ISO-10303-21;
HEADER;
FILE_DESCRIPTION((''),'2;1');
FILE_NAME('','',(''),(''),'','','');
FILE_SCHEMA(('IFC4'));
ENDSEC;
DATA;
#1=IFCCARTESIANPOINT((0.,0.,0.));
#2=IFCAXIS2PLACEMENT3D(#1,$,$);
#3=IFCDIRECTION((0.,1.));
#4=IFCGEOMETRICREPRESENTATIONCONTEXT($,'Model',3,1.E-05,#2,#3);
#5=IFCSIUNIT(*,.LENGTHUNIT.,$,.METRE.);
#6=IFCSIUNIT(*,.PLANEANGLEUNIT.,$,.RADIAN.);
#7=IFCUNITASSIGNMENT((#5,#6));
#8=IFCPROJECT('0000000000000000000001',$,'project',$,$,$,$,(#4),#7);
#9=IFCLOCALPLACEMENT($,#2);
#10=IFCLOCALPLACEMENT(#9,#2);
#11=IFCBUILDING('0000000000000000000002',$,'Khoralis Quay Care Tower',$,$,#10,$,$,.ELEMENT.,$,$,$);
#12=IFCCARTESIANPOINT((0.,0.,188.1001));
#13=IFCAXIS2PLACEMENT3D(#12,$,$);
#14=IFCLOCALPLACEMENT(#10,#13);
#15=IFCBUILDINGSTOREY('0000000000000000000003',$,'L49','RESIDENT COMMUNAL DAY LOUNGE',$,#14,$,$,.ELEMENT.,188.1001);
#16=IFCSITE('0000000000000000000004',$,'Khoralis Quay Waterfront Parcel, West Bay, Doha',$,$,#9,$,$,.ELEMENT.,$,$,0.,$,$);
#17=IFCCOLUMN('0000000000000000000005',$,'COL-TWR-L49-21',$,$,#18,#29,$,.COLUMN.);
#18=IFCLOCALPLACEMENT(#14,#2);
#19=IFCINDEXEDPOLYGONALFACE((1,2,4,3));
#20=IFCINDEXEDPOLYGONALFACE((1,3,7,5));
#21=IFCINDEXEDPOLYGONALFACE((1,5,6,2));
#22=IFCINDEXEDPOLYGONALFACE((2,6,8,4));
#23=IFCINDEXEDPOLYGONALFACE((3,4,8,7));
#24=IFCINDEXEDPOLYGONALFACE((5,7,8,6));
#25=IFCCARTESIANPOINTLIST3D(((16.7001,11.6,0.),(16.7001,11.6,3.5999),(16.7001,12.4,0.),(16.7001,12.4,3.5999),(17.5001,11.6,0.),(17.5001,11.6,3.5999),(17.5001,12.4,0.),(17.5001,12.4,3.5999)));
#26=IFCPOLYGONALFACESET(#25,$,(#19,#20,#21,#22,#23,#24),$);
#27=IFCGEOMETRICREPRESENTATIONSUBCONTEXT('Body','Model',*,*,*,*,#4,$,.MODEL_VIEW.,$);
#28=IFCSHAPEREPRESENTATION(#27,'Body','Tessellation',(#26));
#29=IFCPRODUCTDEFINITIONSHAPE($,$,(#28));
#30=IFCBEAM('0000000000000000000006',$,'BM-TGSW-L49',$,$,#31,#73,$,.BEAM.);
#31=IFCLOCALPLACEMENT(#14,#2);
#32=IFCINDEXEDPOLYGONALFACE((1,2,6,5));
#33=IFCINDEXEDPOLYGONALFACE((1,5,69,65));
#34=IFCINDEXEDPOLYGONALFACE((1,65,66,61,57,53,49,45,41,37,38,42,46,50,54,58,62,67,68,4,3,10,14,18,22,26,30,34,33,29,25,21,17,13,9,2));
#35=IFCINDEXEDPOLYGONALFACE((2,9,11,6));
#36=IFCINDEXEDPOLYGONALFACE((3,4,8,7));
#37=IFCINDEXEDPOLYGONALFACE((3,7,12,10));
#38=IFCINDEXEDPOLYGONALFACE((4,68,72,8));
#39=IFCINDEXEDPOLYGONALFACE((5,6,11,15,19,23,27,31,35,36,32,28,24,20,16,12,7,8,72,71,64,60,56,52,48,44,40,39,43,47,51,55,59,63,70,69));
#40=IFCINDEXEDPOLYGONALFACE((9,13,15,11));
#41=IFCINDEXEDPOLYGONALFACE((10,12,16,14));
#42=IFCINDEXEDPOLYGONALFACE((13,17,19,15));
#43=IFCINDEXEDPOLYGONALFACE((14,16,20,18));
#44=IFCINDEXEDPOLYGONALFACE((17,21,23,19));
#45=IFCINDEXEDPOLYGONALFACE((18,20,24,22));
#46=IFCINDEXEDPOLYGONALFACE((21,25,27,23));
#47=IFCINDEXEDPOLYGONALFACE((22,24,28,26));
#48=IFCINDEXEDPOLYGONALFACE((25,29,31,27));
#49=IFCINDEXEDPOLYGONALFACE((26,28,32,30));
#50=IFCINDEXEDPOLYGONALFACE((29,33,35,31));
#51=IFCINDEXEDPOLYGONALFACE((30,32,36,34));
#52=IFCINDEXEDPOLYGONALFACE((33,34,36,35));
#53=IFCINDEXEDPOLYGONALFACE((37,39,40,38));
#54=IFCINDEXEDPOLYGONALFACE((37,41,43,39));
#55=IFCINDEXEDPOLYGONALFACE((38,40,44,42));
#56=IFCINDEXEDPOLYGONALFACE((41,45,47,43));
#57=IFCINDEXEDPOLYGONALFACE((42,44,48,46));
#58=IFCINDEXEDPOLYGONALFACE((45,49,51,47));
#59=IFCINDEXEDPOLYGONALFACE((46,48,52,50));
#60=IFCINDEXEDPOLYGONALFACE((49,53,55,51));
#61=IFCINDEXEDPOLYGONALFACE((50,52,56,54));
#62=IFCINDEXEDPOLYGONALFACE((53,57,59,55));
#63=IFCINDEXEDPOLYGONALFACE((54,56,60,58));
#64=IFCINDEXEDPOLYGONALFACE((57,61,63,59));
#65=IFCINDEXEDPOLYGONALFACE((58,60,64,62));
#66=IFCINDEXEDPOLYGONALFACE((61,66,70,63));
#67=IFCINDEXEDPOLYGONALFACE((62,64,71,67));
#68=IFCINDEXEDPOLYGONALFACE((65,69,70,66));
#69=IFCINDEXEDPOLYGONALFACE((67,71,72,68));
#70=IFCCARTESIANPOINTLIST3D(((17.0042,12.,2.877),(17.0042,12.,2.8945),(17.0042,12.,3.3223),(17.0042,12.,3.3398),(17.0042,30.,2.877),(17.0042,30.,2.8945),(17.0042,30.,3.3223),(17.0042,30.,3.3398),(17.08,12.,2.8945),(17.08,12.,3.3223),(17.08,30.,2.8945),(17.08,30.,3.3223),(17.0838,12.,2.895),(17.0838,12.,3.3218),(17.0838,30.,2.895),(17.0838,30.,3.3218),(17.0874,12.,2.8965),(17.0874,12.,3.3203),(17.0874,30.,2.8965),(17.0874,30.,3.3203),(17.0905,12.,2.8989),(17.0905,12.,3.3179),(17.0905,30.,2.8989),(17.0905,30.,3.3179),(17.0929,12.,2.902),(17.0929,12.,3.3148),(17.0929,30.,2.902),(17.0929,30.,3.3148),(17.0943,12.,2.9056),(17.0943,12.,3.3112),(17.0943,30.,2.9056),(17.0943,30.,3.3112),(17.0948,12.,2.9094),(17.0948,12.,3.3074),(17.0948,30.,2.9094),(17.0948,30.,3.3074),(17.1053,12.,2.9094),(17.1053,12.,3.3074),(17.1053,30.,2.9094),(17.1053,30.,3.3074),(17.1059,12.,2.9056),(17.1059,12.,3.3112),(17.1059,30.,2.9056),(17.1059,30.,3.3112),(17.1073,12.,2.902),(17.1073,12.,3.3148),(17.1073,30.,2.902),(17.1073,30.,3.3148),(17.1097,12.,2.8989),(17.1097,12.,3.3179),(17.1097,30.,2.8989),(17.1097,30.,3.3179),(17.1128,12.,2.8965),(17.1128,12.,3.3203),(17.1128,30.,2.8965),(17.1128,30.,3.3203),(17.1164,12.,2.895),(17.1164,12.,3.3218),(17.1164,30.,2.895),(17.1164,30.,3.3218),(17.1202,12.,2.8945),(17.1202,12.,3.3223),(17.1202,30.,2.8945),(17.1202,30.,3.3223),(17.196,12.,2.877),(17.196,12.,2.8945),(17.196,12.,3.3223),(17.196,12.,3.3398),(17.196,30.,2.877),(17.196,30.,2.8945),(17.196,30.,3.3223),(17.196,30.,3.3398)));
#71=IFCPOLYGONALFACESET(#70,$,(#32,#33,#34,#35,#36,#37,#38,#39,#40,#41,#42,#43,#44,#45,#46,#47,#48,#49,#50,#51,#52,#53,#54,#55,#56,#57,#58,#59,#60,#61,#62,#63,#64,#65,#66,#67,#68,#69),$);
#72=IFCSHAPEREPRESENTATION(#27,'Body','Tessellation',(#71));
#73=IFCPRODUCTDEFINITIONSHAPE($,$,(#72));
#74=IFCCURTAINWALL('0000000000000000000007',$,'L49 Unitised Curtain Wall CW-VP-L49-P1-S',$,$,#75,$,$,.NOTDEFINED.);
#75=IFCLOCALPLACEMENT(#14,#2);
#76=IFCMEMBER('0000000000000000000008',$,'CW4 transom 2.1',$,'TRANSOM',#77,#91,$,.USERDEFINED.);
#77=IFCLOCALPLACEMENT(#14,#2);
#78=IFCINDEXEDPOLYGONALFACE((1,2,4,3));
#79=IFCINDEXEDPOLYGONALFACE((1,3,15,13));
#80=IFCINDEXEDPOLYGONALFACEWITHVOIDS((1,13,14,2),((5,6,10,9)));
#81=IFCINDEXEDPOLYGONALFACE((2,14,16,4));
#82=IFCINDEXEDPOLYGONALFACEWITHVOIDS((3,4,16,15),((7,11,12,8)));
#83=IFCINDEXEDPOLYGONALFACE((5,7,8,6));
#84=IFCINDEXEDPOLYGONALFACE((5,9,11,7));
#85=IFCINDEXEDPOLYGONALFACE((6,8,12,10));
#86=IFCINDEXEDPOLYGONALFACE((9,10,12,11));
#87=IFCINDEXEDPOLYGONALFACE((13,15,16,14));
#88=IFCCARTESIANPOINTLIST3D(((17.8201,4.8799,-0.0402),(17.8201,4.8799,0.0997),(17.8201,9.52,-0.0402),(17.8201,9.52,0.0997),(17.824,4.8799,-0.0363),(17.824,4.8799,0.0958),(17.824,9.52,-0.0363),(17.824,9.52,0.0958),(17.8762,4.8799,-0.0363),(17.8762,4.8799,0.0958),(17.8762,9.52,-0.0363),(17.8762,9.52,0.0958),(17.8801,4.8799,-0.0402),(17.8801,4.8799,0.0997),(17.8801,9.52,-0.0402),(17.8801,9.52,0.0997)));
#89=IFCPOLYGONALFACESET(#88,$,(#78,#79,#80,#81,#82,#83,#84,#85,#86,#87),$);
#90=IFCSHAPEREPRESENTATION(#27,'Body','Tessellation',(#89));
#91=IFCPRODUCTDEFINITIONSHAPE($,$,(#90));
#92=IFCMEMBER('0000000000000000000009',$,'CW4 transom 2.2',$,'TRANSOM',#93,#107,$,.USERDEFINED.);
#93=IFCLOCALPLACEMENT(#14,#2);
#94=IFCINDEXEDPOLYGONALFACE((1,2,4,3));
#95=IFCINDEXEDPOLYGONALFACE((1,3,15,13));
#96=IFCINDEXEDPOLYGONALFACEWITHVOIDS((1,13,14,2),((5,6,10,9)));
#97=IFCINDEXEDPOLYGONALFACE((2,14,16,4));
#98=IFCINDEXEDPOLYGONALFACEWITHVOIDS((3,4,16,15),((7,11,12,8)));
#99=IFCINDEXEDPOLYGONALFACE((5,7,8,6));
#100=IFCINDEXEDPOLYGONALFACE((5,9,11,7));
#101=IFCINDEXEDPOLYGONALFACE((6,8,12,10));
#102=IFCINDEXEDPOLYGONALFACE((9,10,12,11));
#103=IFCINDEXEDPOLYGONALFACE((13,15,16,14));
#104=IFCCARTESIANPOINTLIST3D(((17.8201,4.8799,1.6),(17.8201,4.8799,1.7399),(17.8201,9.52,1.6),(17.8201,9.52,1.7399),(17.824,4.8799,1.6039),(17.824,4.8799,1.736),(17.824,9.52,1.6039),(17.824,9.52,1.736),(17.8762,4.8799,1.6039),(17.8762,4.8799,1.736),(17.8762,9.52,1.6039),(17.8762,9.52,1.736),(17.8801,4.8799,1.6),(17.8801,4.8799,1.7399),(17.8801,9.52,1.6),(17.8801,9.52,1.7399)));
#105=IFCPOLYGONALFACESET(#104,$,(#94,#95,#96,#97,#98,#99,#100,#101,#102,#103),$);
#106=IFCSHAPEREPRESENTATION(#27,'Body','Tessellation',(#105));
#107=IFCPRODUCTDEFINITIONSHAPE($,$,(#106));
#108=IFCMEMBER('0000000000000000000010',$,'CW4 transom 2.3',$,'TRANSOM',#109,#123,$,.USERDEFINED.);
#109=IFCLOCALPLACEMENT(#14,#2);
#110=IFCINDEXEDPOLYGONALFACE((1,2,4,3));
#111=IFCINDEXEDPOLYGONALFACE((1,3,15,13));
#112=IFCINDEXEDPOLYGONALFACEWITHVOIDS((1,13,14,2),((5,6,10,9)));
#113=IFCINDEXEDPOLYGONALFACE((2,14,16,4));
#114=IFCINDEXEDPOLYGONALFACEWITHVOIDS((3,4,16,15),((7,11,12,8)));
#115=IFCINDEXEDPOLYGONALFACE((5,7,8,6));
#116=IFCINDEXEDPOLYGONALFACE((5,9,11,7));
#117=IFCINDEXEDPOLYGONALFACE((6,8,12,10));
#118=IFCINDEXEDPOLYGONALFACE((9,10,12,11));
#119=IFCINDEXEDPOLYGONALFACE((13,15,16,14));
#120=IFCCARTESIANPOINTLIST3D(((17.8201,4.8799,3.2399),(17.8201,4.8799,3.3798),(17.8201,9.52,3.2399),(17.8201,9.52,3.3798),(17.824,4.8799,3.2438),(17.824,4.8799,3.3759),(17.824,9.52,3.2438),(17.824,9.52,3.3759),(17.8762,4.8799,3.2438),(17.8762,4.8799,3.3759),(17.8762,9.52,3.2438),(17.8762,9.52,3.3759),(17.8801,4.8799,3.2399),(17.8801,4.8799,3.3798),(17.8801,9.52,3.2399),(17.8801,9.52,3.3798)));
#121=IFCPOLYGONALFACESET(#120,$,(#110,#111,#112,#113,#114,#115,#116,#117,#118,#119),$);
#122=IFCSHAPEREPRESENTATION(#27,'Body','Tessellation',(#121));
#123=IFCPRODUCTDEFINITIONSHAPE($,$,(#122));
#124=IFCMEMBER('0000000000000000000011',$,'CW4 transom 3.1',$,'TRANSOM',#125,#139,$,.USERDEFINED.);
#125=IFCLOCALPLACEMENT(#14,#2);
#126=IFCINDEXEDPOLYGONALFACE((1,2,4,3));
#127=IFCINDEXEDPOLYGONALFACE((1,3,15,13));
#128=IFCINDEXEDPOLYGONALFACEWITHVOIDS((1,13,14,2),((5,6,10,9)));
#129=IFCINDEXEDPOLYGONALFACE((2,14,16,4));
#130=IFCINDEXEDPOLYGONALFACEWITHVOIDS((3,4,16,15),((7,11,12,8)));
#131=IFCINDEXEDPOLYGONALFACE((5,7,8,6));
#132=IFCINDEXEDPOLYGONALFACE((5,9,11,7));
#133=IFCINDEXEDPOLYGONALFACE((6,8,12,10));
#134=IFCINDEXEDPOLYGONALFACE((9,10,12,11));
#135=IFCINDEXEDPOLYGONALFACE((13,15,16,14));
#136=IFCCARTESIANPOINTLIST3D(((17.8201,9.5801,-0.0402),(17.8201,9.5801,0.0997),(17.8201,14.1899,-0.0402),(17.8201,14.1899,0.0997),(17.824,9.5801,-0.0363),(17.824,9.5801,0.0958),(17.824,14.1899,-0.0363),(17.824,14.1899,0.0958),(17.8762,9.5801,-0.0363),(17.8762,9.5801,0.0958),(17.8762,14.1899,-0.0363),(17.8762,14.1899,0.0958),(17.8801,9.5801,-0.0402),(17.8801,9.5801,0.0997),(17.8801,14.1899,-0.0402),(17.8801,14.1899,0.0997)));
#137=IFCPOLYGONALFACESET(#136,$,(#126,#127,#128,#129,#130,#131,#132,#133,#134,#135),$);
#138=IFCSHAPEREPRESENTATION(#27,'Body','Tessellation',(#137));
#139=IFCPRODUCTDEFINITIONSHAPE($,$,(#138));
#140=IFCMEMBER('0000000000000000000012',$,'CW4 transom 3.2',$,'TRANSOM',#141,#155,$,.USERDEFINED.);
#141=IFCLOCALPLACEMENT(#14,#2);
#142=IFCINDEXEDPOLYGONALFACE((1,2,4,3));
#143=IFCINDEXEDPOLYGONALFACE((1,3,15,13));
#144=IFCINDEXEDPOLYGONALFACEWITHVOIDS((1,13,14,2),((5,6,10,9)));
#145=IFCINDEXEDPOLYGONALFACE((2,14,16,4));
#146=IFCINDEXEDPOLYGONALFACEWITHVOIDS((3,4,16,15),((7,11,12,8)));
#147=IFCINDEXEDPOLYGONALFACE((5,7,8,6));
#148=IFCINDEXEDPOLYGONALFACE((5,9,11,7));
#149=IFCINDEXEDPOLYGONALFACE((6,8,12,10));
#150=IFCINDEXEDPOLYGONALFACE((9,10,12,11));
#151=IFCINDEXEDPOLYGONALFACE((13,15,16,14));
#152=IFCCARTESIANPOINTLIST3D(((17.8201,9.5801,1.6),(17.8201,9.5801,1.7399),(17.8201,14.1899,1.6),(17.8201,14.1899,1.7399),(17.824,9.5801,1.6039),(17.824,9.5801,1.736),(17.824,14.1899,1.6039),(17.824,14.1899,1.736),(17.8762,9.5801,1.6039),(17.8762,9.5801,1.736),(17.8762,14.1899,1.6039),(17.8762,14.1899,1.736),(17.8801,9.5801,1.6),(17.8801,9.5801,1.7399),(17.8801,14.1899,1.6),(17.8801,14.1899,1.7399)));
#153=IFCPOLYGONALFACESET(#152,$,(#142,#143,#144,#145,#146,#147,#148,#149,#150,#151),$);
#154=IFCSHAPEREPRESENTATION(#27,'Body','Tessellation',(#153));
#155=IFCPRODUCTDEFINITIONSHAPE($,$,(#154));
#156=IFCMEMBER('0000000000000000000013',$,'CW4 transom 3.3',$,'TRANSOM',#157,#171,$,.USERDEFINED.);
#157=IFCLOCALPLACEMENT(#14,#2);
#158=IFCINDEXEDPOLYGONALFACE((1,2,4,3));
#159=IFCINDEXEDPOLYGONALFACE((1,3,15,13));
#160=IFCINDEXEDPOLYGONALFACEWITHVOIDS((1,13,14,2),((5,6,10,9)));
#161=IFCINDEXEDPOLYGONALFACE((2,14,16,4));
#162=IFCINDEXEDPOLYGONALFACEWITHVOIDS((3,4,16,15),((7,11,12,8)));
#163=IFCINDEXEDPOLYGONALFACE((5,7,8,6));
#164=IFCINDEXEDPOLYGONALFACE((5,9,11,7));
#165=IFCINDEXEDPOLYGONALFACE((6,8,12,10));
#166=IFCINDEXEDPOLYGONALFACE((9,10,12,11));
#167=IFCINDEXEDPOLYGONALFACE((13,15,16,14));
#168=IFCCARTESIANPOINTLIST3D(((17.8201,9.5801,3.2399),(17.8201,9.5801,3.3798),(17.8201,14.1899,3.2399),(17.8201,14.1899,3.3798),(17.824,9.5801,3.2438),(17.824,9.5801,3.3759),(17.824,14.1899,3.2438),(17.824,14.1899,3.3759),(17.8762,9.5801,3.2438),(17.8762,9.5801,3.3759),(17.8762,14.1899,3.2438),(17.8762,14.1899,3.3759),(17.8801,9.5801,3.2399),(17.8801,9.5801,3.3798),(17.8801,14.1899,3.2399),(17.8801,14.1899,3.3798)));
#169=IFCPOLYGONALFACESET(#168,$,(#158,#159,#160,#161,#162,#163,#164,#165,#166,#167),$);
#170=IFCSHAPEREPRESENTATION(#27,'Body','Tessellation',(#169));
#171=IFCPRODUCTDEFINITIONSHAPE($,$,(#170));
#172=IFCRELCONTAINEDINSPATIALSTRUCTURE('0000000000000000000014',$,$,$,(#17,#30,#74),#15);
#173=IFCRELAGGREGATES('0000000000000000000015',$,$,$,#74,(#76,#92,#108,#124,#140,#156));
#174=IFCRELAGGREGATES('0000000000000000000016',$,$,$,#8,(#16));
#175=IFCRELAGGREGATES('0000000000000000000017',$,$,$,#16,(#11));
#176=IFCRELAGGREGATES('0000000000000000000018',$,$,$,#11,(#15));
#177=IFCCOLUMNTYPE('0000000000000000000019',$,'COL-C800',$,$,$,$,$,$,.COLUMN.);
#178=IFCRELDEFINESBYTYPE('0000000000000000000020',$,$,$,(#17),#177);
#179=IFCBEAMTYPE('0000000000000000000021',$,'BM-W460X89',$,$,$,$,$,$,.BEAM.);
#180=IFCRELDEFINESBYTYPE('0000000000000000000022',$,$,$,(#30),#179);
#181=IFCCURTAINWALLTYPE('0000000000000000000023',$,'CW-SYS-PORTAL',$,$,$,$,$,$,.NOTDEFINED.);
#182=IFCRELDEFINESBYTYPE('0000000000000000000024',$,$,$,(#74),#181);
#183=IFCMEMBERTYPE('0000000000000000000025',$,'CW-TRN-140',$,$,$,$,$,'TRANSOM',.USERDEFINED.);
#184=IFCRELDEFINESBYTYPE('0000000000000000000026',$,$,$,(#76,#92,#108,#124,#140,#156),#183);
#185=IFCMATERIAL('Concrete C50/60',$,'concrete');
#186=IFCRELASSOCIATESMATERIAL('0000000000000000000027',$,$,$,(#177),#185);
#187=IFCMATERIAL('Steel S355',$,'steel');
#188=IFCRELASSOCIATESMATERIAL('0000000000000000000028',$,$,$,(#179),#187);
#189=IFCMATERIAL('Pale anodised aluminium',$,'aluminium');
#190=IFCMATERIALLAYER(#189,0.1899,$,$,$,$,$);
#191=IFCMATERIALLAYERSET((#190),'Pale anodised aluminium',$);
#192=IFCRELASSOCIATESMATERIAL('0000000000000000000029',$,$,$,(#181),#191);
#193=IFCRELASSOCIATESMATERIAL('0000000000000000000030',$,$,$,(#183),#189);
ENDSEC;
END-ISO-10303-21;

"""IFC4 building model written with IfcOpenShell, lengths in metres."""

from ifc_helpers import new_model, si_unit, direction, frame, origin, origin_2d, place, context, subcontext, project, spatial, rectangle, hollow_rectangle, i_section, extrude, source, transform, mapped, material, layer, layer_set, material_profile, profile_set, type_object, element, aggregate, save


model = new_model("IFC4")

# Units and contexts
model_context = context("Model", 3, precision=1e-05, world=origin(), true_north=direction((0.0, 1.0)))
body_context = subcontext(model_context, "Body", "Model", "MODEL_VIEW")
ifc_project = project(units=[si_unit("LENGTHUNIT", "METRE"), si_unit("PLANEANGLEUNIT", "RADIAN")], contexts=[model_context])

# Site, building, storey
site_placement = place(None, origin())
site = spatial("IfcSite", under=ifc_project, at=site_placement, Name="Khoralis Quay Waterfront Parcel, West Bay, Doha", CompositionType="ELEMENT", RefElevation=0.0)
building_placement = place(site_placement, origin())
building = spatial("IfcBuilding", under=site, at=building_placement, Name="Khoralis Quay Care Tower", CompositionType="ELEMENT")
storey_placement = place(building_placement, frame((0.0, 0.0, 188.1001)))
storey = spatial("IfcBuildingStorey", under=building, at=storey_placement, Name="L49", Description="RESIDENT COMMUNAL DAY LOUNGE", CompositionType="ELEMENT", Elevation=188.1001)

# Column
ifc_material_1 = material(Name="Concrete C50/60", Category="concrete")
ifc_material_profile_1 = material_profile(ifc_material_1, rectangle(XDim=0.8, YDim=0.8, at=origin_2d()), Name="Concrete C50/60")
ifc_profile_set_1 = profile_set([ifc_material_profile_1], Name="Concrete C50/60")
column_type = type_object("IfcColumnType", Name="COL-C800", PredefinedType="COLUMN", material=ifc_profile_set_1)
shared_shape_1 = source(origin(), body_context, "Body", "SweptSolid", [
    extrude(rectangle(XDim=0.8, YDim=0.8, at=origin_2d()), origin(), (0.0, 0.0, 1.0), 3.5999),
])
column_placement = place(storey_placement, frame((17.1001, 12.0, 0.0), z_axis=(0.0, 0.0, 1.0), x_axis=(1.0, 0.0, 0.0)))
element("IfcColumn", 1, at=column_placement, inside=storey, type_object=column_type, Name="COL-TWR-L49-21", PredefinedType="COLUMN", context=body_context, shape_type="MappedRepresentation", body=[
    mapped(shared_shape_1, transform((0.0, 0.0, 0.0), scale=1.0)),
])

# Beam
ifc_material_2 = material(Name="Steel S355", Category="steel")
ifc_material_profile_2 = material_profile(ifc_material_2, i_section(OverallWidth=0.1919, OverallDepth=0.4629, WebThickness=0.0105, FlangeThickness=0.0176, FilletRadius=0.0149, at=origin_2d()), Name="Steel S355")
ifc_profile_set_2 = profile_set([ifc_material_profile_2], Name="Steel S355")
beam_type = type_object("IfcBeamType", Name="BM-W460X89", PredefinedType="BEAM", material=ifc_profile_set_2)
shared_shape_2 = source(origin(), body_context, "Body", "SweptSolid", [
    extrude(i_section(OverallWidth=0.1919, OverallDepth=0.4629, WebThickness=0.0105, FlangeThickness=0.0176, FilletRadius=0.0149, at=origin_2d()), origin(), (0.0, 0.0, 1.0), 18.0),
])
beam_placement = place(storey_placement, frame((17.1001, 12.0, 3.1084), z_axis=(0.0, 1.0, 0.0), x_axis=(-1.0, 0.0, 0.0)))
element("IfcBeam", 2, at=beam_placement, inside=storey, type_object=beam_type, Name="BM-TGSW-L49", PredefinedType="BEAM", context=body_context, shape_type="MappedRepresentation", body=[
    mapped(shared_shape_2, transform((0.0, 0.0, 0.0), scale=1.0)),
])

# Curtain wall, members
ifc_material_3 = material(Name="Pale anodised aluminium", Category="aluminium")
ifc_layer_1 = layer(ifc_material_3, 0.1899)
ifc_layer_set_1 = layer_set([ifc_layer_1], Name="Pale anodised aluminium")
curtain_wall_type = type_object("IfcCurtainWallType", Name="CW-SYS-PORTAL", PredefinedType="NOTDEFINED", material=ifc_layer_set_1)
curtain_wall_placement = place(storey_placement, origin())
curtain_wall = element("IfcCurtainWall", 3, at=curtain_wall_placement, inside=storey, type_object=curtain_wall_type, Name="L49 Unitised Curtain Wall CW-VP-L49-P1-S", PredefinedType="NOTDEFINED")
ifc_material_profile_3 = material_profile(ifc_material_3, hollow_rectangle(XDim=0.0601, YDim=0.1399, WallThickness=0.0039, at=origin_2d()), Name="Pale anodised aluminium")
ifc_profile_set_3 = profile_set([ifc_material_profile_3], Name="Pale anodised aluminium")
member_type_1 = type_object("IfcMemberType", Name="CW-TRN-140", ElementType="TRANSOM", PredefinedType="USERDEFINED", material=ifc_profile_set_3)
shared_shape_3 = source(origin(), body_context, "Body", "SweptSolid", [
    extrude(hollow_rectangle(XDim=0.0601, YDim=0.1399, WallThickness=0.0039, at=origin_2d()), origin(), (0.0, 0.0, 1.0), 4.6401),
])
member_1_placement = place(storey_placement, frame((17.8501, 4.8799, 0.0298), z_axis=(0.0, 1.0, 0.0), x_axis=(-1.0, 0.0, 0.0)))
member_1 = element("IfcMember", 4, at=member_1_placement, type_object=member_type_1, Name="CW4 transom 2.1", ObjectType="TRANSOM", PredefinedType="USERDEFINED", context=body_context, shape_type="MappedRepresentation", body=[
    mapped(shared_shape_3, transform((0.0, 0.0, 0.0), scale=1.0)),
])
member_2_placement = place(storey_placement, frame((17.8501, 4.8799, 1.6699), z_axis=(0.0, 1.0, 0.0), x_axis=(-1.0, 0.0, 0.0)))
member_2 = element("IfcMember", 5, at=member_2_placement, type_object=member_type_1, Name="CW4 transom 2.2", ObjectType="TRANSOM", PredefinedType="USERDEFINED", context=body_context, shape_type="MappedRepresentation", body=[
    mapped(shared_shape_3, transform((0.0, 0.0, 0.0), scale=1.0)),
])
member_3_placement = place(storey_placement, frame((17.8501, 4.8799, 3.3098), z_axis=(0.0, 1.0, 0.0), x_axis=(-1.0, 0.0, 0.0)))
member_3 = element("IfcMember", 6, at=member_3_placement, type_object=member_type_1, Name="CW4 transom 2.3", ObjectType="TRANSOM", PredefinedType="USERDEFINED", context=body_context, shape_type="MappedRepresentation", body=[
    mapped(shared_shape_3, transform((0.0, 0.0, 0.0), scale=1.0)),
])
shared_shape_4 = source(origin(), body_context, "Body", "SweptSolid", [
    extrude(hollow_rectangle(XDim=0.0601, YDim=0.1399, WallThickness=0.0039, at=origin_2d()), origin(), (0.0, 0.0, 1.0), 4.6099),
])
member_4_placement = place(storey_placement, frame((17.8501, 9.5801, 0.0298), z_axis=(0.0, 1.0, 0.0), x_axis=(-1.0, 0.0, 0.0)))
member_4 = element("IfcMember", 7, at=member_4_placement, type_object=member_type_1, Name="CW4 transom 3.1", ObjectType="TRANSOM", PredefinedType="USERDEFINED", context=body_context, shape_type="MappedRepresentation", body=[
    mapped(shared_shape_4, transform((0.0, 0.0, 0.0), scale=1.0)),
])
member_5_placement = place(storey_placement, frame((17.8501, 9.5801, 1.6699), z_axis=(0.0, 1.0, 0.0), x_axis=(-1.0, 0.0, 0.0)))
member_5 = element("IfcMember", 8, at=member_5_placement, type_object=member_type_1, Name="CW4 transom 3.2", ObjectType="TRANSOM", PredefinedType="USERDEFINED", context=body_context, shape_type="MappedRepresentation", body=[
    mapped(shared_shape_4, transform((0.0, 0.0, 0.0), scale=1.0)),
])
member_6_placement = place(storey_placement, frame((17.8501, 9.5801, 3.3098), z_axis=(0.0, 1.0, 0.0), x_axis=(-1.0, 0.0, 0.0)))
member_6 = element("IfcMember", 9, at=member_6_placement, type_object=member_type_1, Name="CW4 transom 3.3", ObjectType="TRANSOM", PredefinedType="USERDEFINED", context=body_context, shape_type="MappedRepresentation", body=[
    mapped(shared_shape_4, transform((0.0, 0.0, 0.0), scale=1.0)),
])
aggregate(curtain_wall, [member_1, member_2, member_3, member_4, member_5, member_6])

save(model, "model.ifc")
